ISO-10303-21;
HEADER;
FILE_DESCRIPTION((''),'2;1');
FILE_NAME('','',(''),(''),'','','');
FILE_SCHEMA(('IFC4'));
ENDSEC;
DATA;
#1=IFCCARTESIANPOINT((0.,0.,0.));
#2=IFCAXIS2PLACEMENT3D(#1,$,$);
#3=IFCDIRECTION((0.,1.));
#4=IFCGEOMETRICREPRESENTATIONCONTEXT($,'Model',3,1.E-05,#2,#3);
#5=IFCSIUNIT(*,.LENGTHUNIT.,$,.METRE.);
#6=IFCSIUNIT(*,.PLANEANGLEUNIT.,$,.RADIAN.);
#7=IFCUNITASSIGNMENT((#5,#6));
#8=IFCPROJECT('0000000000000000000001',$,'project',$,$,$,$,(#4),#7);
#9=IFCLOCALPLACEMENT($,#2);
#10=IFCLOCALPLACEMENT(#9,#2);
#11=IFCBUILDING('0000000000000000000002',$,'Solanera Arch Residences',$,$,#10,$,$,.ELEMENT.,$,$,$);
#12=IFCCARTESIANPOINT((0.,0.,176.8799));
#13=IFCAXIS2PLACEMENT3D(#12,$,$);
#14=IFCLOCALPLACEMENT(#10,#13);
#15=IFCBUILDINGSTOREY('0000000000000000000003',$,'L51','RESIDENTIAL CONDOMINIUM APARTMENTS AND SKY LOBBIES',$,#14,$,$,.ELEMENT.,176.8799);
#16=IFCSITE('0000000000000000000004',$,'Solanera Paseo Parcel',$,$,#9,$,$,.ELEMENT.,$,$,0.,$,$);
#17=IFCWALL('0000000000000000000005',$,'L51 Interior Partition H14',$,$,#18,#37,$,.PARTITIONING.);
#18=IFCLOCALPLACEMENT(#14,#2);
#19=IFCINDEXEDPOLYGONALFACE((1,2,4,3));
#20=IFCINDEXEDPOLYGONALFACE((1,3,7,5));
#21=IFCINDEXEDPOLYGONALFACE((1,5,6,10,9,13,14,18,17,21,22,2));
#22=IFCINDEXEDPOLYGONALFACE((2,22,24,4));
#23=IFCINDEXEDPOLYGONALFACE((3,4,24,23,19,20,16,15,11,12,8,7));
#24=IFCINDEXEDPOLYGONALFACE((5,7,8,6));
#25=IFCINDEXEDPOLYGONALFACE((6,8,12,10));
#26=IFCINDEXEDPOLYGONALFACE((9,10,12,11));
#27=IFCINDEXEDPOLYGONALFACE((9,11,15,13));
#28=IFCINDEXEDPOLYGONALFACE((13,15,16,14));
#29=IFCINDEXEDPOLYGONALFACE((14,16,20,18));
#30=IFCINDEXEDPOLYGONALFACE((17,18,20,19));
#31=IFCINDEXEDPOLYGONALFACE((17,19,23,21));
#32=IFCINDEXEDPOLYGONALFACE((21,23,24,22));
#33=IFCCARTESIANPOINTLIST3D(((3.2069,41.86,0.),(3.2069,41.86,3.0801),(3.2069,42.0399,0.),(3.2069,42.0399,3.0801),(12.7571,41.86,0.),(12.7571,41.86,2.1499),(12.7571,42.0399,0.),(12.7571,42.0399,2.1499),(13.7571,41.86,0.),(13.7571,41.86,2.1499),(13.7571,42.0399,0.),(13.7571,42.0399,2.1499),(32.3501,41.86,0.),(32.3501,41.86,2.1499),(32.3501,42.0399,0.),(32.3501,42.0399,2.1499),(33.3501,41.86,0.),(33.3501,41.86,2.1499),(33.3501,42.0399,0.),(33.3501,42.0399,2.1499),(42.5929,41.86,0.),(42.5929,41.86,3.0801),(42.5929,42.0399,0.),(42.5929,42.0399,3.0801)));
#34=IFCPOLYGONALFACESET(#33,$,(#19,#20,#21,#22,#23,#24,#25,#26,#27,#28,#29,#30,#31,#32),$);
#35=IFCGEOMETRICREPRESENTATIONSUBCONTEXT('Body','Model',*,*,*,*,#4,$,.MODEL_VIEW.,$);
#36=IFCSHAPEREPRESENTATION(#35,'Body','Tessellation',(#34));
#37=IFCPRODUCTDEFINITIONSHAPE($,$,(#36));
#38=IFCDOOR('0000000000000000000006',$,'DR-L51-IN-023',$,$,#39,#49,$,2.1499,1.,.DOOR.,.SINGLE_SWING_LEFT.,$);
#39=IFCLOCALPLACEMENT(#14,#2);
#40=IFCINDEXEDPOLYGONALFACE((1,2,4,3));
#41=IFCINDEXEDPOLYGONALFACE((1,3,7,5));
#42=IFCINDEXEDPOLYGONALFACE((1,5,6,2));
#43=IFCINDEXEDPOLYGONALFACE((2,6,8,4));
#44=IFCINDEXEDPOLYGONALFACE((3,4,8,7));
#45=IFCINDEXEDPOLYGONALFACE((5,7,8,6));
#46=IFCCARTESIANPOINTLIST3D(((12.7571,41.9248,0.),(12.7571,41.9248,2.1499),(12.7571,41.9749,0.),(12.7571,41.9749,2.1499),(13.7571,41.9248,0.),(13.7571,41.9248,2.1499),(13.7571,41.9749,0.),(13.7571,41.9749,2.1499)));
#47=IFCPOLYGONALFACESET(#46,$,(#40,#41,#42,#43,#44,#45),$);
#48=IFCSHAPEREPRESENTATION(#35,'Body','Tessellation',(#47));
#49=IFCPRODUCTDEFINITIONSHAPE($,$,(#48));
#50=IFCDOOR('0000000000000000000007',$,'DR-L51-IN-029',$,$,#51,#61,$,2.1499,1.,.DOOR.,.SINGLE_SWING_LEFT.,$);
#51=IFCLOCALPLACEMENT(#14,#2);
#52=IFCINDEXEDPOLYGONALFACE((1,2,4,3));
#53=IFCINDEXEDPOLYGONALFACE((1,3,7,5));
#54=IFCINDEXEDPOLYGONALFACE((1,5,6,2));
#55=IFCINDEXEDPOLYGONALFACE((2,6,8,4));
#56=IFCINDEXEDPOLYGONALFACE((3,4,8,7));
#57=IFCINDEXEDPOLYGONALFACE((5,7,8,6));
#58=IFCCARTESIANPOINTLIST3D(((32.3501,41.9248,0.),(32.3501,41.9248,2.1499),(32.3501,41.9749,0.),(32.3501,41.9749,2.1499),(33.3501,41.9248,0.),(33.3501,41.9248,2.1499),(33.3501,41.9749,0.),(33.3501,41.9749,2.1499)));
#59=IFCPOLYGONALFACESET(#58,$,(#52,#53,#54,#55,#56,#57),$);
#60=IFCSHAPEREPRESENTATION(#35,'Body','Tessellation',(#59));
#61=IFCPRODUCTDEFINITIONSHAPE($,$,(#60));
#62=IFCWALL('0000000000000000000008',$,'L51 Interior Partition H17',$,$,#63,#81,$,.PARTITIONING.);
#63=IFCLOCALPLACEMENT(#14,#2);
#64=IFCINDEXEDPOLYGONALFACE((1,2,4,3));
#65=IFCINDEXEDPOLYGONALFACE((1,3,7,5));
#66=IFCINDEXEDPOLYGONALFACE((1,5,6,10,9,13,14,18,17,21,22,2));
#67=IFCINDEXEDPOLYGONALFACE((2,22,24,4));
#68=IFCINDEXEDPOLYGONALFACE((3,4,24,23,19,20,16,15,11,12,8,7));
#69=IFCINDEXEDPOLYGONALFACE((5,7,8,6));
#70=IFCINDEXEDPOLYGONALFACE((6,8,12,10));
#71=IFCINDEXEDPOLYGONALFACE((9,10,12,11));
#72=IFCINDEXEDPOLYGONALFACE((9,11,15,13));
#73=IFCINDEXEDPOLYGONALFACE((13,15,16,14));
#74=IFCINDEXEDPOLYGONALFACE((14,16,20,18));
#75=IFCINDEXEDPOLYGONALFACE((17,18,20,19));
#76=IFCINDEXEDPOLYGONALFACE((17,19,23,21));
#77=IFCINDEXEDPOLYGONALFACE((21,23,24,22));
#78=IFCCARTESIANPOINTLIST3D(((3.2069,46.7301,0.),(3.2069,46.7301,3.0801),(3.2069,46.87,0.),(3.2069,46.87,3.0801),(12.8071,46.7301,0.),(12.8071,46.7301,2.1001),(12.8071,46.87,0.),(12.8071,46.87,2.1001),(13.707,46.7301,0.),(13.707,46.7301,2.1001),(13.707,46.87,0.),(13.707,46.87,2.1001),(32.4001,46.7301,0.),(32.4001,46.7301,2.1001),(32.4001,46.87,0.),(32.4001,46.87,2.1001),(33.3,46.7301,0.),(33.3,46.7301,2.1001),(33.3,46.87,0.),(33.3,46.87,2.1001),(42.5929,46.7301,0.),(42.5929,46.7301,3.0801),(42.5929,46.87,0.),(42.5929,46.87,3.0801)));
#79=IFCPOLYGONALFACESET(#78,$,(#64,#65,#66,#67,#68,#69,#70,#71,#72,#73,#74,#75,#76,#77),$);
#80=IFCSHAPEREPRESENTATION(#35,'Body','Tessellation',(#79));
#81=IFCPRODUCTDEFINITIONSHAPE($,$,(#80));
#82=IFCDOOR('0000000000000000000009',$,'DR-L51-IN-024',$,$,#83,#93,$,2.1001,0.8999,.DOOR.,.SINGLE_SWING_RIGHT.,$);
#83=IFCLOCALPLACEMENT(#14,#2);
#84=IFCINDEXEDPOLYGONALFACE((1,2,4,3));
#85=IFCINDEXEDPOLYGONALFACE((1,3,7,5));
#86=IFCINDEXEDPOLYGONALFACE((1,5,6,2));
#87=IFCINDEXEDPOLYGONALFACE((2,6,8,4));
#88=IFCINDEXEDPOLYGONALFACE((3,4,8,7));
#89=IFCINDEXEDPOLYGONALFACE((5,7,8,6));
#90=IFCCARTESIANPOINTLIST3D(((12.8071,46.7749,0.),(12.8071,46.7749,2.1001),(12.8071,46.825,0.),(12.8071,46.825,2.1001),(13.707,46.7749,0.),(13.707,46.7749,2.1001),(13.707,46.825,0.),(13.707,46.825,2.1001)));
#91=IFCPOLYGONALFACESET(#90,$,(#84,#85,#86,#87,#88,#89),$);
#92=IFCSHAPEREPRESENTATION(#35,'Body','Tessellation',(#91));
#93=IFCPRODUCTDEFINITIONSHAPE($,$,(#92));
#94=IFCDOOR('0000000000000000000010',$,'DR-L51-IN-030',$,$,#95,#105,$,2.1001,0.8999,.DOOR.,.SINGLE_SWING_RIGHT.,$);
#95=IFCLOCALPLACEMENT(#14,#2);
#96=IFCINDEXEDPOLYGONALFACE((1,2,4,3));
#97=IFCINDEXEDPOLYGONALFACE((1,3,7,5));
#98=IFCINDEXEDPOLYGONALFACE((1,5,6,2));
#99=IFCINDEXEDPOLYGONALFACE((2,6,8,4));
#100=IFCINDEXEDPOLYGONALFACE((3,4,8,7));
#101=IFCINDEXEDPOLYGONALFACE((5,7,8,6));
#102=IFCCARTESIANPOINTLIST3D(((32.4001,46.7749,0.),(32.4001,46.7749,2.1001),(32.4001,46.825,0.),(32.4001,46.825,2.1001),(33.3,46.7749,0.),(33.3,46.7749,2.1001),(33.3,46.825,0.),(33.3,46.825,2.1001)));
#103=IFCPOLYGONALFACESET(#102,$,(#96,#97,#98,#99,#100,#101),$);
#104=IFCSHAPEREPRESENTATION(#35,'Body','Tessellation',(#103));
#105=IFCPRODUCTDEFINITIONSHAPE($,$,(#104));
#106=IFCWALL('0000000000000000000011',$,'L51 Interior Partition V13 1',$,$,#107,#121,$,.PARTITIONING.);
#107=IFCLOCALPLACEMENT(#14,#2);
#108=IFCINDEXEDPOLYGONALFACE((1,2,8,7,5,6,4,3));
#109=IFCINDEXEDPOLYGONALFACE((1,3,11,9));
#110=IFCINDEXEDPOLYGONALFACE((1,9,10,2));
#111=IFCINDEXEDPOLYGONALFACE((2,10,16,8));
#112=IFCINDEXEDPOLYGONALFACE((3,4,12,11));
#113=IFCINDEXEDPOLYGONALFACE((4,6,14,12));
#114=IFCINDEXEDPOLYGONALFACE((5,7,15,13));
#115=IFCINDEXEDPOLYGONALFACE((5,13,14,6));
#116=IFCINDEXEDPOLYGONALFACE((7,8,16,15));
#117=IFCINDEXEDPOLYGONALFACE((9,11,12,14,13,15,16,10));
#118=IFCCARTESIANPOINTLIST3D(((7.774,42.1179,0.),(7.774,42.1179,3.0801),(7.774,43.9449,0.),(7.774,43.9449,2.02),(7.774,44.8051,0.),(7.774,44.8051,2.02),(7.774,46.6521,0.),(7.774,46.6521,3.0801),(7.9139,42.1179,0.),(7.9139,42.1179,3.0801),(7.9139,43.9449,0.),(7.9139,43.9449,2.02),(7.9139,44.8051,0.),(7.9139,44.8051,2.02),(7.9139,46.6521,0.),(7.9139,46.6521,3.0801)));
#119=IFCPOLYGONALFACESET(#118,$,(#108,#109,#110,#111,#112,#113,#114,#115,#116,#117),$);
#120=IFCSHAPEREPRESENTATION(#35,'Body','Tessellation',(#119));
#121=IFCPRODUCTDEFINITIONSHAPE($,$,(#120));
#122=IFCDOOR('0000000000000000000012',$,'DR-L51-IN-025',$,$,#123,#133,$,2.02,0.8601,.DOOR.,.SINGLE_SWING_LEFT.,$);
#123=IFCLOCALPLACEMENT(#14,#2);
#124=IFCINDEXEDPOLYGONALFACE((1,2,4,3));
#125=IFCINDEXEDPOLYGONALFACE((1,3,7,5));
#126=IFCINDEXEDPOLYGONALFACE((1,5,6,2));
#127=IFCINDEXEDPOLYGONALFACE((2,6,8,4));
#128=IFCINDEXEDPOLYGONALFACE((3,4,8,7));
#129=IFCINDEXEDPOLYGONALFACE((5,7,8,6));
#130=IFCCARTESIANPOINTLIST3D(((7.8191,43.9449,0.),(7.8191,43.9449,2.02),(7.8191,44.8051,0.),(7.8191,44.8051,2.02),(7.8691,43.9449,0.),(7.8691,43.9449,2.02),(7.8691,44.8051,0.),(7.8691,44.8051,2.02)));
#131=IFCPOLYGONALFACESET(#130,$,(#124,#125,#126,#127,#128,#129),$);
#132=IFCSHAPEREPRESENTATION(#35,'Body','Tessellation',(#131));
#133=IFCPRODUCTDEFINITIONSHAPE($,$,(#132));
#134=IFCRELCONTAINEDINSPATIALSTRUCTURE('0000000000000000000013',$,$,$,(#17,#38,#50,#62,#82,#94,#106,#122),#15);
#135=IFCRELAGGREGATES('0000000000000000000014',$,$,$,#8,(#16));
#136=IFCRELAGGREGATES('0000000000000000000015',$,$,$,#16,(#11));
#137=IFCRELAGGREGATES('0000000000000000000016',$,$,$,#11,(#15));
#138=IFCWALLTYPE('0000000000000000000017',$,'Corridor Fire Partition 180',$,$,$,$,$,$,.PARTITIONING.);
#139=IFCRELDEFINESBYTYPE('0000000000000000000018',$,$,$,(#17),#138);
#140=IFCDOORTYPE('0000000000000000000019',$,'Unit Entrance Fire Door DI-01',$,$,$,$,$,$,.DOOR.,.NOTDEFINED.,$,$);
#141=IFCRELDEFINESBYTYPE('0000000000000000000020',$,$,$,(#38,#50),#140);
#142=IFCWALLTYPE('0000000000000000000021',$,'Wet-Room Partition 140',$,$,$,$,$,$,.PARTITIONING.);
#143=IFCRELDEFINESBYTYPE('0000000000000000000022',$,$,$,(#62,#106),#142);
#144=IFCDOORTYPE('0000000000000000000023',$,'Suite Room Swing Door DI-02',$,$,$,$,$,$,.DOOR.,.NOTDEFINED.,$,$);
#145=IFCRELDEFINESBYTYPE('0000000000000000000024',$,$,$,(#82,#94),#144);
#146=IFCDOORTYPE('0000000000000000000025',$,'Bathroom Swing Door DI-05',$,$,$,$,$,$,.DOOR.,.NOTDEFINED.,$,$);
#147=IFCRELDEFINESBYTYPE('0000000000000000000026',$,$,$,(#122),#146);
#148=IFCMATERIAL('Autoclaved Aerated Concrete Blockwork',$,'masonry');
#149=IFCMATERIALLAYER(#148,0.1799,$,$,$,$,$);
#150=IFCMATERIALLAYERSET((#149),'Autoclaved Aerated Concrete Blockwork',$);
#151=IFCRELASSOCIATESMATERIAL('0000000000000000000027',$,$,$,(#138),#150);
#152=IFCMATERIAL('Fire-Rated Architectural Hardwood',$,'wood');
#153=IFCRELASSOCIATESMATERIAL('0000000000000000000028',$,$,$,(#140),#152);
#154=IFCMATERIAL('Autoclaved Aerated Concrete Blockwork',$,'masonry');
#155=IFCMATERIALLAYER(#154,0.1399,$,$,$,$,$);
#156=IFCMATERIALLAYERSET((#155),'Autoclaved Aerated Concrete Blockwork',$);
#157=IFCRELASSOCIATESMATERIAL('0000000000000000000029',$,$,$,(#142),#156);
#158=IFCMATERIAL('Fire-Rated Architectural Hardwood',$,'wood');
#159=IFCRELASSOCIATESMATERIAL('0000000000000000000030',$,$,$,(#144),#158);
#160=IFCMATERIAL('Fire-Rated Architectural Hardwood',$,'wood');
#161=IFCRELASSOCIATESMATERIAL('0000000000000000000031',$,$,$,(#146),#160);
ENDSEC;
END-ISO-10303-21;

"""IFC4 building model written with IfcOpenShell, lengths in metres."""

from ifc_helpers import new_model, si_unit, direction, frame, frame_2d, origin, place, context, subcontext, project, spatial, rectangle, extrude, material, layer, layer_set, type_object, element, fill, save


model = new_model("IFC4")

# Units and contexts
model_context = context("Model", 3, precision=1e-05, world=origin(), true_north=direction((0.0, 1.0)))
body_context = subcontext(model_context, "Body", "Model", "MODEL_VIEW")
ifc_project = project(units=[si_unit("LENGTHUNIT", "METRE"), si_unit("PLANEANGLEUNIT", "RADIAN")], contexts=[model_context])

# Site, building, storey
site_placement = place(None, origin())
site = spatial("IfcSite", under=ifc_project, at=site_placement, Name="Solanera Paseo Parcel", CompositionType="ELEMENT", RefElevation=0.0)
building_placement = place(site_placement, origin())
building = spatial("IfcBuilding", under=site, at=building_placement, Name="Solanera Arch Residences", CompositionType="ELEMENT")
storey_placement = place(building_placement, frame((0.0, 0.0, 176.8799)))
storey = spatial("IfcBuildingStorey", under=building, at=storey_placement, Name="L51", Description="RESIDENTIAL CONDOMINIUM APARTMENTS AND SKY LOBBIES", CompositionType="ELEMENT", Elevation=176.8799)

# Walls, openings, doors
ifc_material_1 = material(Name="Autoclaved Aerated Concrete Blockwork", Category="masonry")
ifc_layer_1 = layer(ifc_material_1, 0.1799)
ifc_layer_set_1 = layer_set([ifc_layer_1], Name="Autoclaved Aerated Concrete Blockwork")
wall_type_1 = type_object("IfcWallType", Name="Corridor Fire Partition 180", PredefinedType="PARTITIONING", material=ifc_layer_set_1)
wall_1_placement = place(storey_placement, frame((3.207, 41.95, 0.0), z_axis=(0.0, 0.0, 1.0), x_axis=(1.0, 0.0, 0.0)))
wall_1 = element("IfcWall", 1, at=wall_1_placement, inside=storey, type_object=wall_type_1, Name="L51 Interior Partition H14", PredefinedType="PARTITIONING", context=body_context, shape_type="SweptSolid", body=[
    extrude(rectangle(XDim=39.386, YDim=0.1799, at=frame_2d((19.6929, 0.0))), origin(), (0.0, 0.0, 1.0), 3.0801),
])
opening_1_placement = place(wall_1_placement, frame((9.55, 0.0, 0.0)))
opening_1 = element("IfcOpeningElement", 2, at=opening_1_placement, cuts=wall_1, PredefinedType="OPENING", context=body_context, shape_type="SweptSolid", body=[
    extrude(rectangle(XDim=1.0, YDim=2.1499, at=frame_2d((0.5, 1.075))), frame((0.0, 0.1001, 0.0), z_axis=(0.0, -1.0, 0.0), x_axis=(1.0, 0.0, 0.0)), (0.0, 0.0, 1.0), 0.1999),
])
opening_2_placement = place(wall_1_placement, frame((29.1431, 0.0, 0.0)))
opening_2 = element("IfcOpeningElement", 3, at=opening_2_placement, cuts=wall_1, PredefinedType="OPENING", context=body_context, shape_type="SweptSolid", body=[
    extrude(rectangle(XDim=1.0, YDim=2.1499, at=frame_2d((0.5, 1.075))), frame((0.0, 0.1001, 0.0), z_axis=(0.0, -1.0, 0.0), x_axis=(1.0, 0.0, 0.0)), (0.0, 0.0, 1.0), 0.1999),
])
ifc_material_2 = material(Name="Fire-Rated Architectural Hardwood", Category="wood")
door_type_1 = type_object("IfcDoorType", Name="Unit Entrance Fire Door DI-01", OperationType="NOTDEFINED", PredefinedType="DOOR", material=ifc_material_2)
door_1_placement = place(opening_1_placement, origin())
door_1 = element("IfcDoor", 4, at=door_1_placement, inside=storey, type_object=door_type_1, Name="DR-L51-IN-023", OperationType="SINGLE_SWING_LEFT", OverallHeight=2.1499, OverallWidth=1.0, PredefinedType="DOOR", context=body_context, shape_type="SweptSolid", body=[
    extrude(rectangle(XDim=1.0, YDim=2.1499, at=frame_2d((0.5, 1.075))), frame((0.0, 0.0249, 0.0), z_axis=(0.0, -1.0, 0.0), x_axis=(1.0, 0.0, 0.0)), (0.0, 0.0, 1.0), 0.05),
])
fill(opening_1, door_1)
door_2_placement = place(opening_2_placement, origin())
door_2 = element("IfcDoor", 5, at=door_2_placement, inside=storey, type_object=door_type_1, Name="DR-L51-IN-029", OperationType="SINGLE_SWING_LEFT", OverallHeight=2.1499, OverallWidth=1.0, PredefinedType="DOOR", context=body_context, shape_type="SweptSolid", body=[
    extrude(rectangle(XDim=1.0, YDim=2.1499, at=frame_2d((0.5, 1.075))), frame((0.0, 0.0249, 0.0), z_axis=(0.0, -1.0, 0.0), x_axis=(1.0, 0.0, 0.0)), (0.0, 0.0, 1.0), 0.05),
])
fill(opening_2, door_2)
ifc_material_3 = material(Name="Autoclaved Aerated Concrete Blockwork", Category="masonry")
ifc_layer_2 = layer(ifc_material_3, 0.1399)
ifc_layer_set_2 = layer_set([ifc_layer_2], Name="Autoclaved Aerated Concrete Blockwork")
wall_type_2 = type_object("IfcWallType", Name="Wet-Room Partition 140", PredefinedType="PARTITIONING", material=ifc_layer_set_2)
wall_2_placement = place(storey_placement, frame((3.207, 46.8, 0.0), z_axis=(0.0, 0.0, 1.0), x_axis=(1.0, 0.0, 0.0)))
wall_2 = element("IfcWall", 6, at=wall_2_placement, inside=storey, type_object=wall_type_2, Name="L51 Interior Partition H17", PredefinedType="PARTITIONING", context=body_context, shape_type="SweptSolid", body=[
    extrude(rectangle(XDim=39.386, YDim=0.1399, at=frame_2d((19.6929, 0.0))), origin(), (0.0, 0.0, 1.0), 3.0801),
])
opening_3_placement = place(wall_2_placement, frame((9.6001, 0.0, 0.0)))
opening_3 = element("IfcOpeningElement", 7, at=opening_3_placement, cuts=wall_2, PredefinedType="OPENING", context=body_context, shape_type="SweptSolid", body=[
    extrude(rectangle(XDim=0.8999, YDim=2.1001, at=frame_2d((0.45, 1.05))), frame((0.0, 0.0798, 0.0), z_axis=(0.0, -1.0, 0.0), x_axis=(1.0, 0.0, 0.0)), (0.0, 0.0, 1.0), 0.1599),
])
opening_4_placement = place(wall_2_placement, frame((29.1931, 0.0, 0.0)))
opening_4 = element("IfcOpeningElement", 8, at=opening_4_placement, cuts=wall_2, PredefinedType="OPENING", context=body_context, shape_type="SweptSolid", body=[
    extrude(rectangle(XDim=0.8999, YDim=2.1001, at=frame_2d((0.45, 1.05))), frame((0.0, 0.0798, 0.0), z_axis=(0.0, -1.0, 0.0), x_axis=(1.0, 0.0, 0.0)), (0.0, 0.0, 1.0), 0.1599),
])
ifc_material_4 = material(Name="Fire-Rated Architectural Hardwood", Category="wood")
door_type_2 = type_object("IfcDoorType", Name="Suite Room Swing Door DI-02", OperationType="NOTDEFINED", PredefinedType="DOOR", material=ifc_material_4)
door_3_placement = place(opening_3_placement, origin())
door_3 = element("IfcDoor", 9, at=door_3_placement, inside=storey, type_object=door_type_2, Name="DR-L51-IN-024", OperationType="SINGLE_SWING_RIGHT", OverallHeight=2.1001, OverallWidth=0.8999, PredefinedType="DOOR", context=body_context, shape_type="SweptSolid", body=[
    extrude(rectangle(XDim=0.8999, YDim=2.1001, at=frame_2d((0.45, 1.05))), frame((0.0, 0.0249, 0.0), z_axis=(0.0, -1.0, 0.0), x_axis=(1.0, 0.0, 0.0)), (0.0, 0.0, 1.0), 0.05),
])
fill(opening_3, door_3)
door_4_placement = place(opening_4_placement, origin())
door_4 = element("IfcDoor", 10, at=door_4_placement, inside=storey, type_object=door_type_2, Name="DR-L51-IN-030", OperationType="SINGLE_SWING_RIGHT", OverallHeight=2.1001, OverallWidth=0.8999, PredefinedType="DOOR", context=body_context, shape_type="SweptSolid", body=[
    extrude(rectangle(XDim=0.8999, YDim=2.1001, at=frame_2d((0.45, 1.05))), frame((0.0, 0.0249, 0.0), z_axis=(0.0, -1.0, 0.0), x_axis=(1.0, 0.0, 0.0)), (0.0, 0.0, 1.0), 0.05),
])
fill(opening_4, door_4)

# Wall, opening, door
wall_3_placement = place(storey_placement, frame((7.844, 42.1179, 0.0), z_axis=(0.0, 0.0, 1.0), x_axis=(0.0, 1.0, 0.0)))
wall_3 = element("IfcWall", 11, at=wall_3_placement, inside=storey, type_object=wall_type_2, Name="L51 Interior Partition V13 1", PredefinedType="PARTITIONING", context=body_context, shape_type="SweptSolid", body=[
    extrude(rectangle(XDim=4.5342, YDim=0.1399, at=frame_2d((2.2671, 0.0))), origin(), (0.0, 0.0, 1.0), 3.0801),
])
opening_5_placement = place(wall_3_placement, frame((1.8269, 0.0, 0.0)))
opening_5 = element("IfcOpeningElement", 12, at=opening_5_placement, cuts=wall_3, PredefinedType="OPENING", context=body_context, shape_type="SweptSolid", body=[
    extrude(rectangle(XDim=0.8601, YDim=2.02, at=frame_2d((0.4302, 1.01))), frame((0.0, 0.0798, 0.0), z_axis=(0.0, -1.0, 0.0), x_axis=(1.0, 0.0, 0.0)), (0.0, 0.0, 1.0), 0.1599),
])
ifc_material_5 = material(Name="Fire-Rated Architectural Hardwood", Category="wood")
door_type_3 = type_object("IfcDoorType", Name="Bathroom Swing Door DI-05", OperationType="NOTDEFINED", PredefinedType="DOOR", material=ifc_material_5)
door_5_placement = place(opening_5_placement, origin())
door_5 = element("IfcDoor", 13, at=door_5_placement, inside=storey, type_object=door_type_3, Name="DR-L51-IN-025", OperationType="SINGLE_SWING_LEFT", OverallHeight=2.02, OverallWidth=0.8601, PredefinedType="DOOR", context=body_context, shape_type="SweptSolid", body=[
    extrude(rectangle(XDim=0.8601, YDim=2.02, at=frame_2d((0.4302, 1.01))), frame((0.0, 0.0249, 0.0), z_axis=(0.0, -1.0, 0.0), x_axis=(1.0, 0.0, 0.0)), (0.0, 0.0, 1.0), 0.05),
])
fill(opening_5, door_5)

save(model, "model.ifc")
